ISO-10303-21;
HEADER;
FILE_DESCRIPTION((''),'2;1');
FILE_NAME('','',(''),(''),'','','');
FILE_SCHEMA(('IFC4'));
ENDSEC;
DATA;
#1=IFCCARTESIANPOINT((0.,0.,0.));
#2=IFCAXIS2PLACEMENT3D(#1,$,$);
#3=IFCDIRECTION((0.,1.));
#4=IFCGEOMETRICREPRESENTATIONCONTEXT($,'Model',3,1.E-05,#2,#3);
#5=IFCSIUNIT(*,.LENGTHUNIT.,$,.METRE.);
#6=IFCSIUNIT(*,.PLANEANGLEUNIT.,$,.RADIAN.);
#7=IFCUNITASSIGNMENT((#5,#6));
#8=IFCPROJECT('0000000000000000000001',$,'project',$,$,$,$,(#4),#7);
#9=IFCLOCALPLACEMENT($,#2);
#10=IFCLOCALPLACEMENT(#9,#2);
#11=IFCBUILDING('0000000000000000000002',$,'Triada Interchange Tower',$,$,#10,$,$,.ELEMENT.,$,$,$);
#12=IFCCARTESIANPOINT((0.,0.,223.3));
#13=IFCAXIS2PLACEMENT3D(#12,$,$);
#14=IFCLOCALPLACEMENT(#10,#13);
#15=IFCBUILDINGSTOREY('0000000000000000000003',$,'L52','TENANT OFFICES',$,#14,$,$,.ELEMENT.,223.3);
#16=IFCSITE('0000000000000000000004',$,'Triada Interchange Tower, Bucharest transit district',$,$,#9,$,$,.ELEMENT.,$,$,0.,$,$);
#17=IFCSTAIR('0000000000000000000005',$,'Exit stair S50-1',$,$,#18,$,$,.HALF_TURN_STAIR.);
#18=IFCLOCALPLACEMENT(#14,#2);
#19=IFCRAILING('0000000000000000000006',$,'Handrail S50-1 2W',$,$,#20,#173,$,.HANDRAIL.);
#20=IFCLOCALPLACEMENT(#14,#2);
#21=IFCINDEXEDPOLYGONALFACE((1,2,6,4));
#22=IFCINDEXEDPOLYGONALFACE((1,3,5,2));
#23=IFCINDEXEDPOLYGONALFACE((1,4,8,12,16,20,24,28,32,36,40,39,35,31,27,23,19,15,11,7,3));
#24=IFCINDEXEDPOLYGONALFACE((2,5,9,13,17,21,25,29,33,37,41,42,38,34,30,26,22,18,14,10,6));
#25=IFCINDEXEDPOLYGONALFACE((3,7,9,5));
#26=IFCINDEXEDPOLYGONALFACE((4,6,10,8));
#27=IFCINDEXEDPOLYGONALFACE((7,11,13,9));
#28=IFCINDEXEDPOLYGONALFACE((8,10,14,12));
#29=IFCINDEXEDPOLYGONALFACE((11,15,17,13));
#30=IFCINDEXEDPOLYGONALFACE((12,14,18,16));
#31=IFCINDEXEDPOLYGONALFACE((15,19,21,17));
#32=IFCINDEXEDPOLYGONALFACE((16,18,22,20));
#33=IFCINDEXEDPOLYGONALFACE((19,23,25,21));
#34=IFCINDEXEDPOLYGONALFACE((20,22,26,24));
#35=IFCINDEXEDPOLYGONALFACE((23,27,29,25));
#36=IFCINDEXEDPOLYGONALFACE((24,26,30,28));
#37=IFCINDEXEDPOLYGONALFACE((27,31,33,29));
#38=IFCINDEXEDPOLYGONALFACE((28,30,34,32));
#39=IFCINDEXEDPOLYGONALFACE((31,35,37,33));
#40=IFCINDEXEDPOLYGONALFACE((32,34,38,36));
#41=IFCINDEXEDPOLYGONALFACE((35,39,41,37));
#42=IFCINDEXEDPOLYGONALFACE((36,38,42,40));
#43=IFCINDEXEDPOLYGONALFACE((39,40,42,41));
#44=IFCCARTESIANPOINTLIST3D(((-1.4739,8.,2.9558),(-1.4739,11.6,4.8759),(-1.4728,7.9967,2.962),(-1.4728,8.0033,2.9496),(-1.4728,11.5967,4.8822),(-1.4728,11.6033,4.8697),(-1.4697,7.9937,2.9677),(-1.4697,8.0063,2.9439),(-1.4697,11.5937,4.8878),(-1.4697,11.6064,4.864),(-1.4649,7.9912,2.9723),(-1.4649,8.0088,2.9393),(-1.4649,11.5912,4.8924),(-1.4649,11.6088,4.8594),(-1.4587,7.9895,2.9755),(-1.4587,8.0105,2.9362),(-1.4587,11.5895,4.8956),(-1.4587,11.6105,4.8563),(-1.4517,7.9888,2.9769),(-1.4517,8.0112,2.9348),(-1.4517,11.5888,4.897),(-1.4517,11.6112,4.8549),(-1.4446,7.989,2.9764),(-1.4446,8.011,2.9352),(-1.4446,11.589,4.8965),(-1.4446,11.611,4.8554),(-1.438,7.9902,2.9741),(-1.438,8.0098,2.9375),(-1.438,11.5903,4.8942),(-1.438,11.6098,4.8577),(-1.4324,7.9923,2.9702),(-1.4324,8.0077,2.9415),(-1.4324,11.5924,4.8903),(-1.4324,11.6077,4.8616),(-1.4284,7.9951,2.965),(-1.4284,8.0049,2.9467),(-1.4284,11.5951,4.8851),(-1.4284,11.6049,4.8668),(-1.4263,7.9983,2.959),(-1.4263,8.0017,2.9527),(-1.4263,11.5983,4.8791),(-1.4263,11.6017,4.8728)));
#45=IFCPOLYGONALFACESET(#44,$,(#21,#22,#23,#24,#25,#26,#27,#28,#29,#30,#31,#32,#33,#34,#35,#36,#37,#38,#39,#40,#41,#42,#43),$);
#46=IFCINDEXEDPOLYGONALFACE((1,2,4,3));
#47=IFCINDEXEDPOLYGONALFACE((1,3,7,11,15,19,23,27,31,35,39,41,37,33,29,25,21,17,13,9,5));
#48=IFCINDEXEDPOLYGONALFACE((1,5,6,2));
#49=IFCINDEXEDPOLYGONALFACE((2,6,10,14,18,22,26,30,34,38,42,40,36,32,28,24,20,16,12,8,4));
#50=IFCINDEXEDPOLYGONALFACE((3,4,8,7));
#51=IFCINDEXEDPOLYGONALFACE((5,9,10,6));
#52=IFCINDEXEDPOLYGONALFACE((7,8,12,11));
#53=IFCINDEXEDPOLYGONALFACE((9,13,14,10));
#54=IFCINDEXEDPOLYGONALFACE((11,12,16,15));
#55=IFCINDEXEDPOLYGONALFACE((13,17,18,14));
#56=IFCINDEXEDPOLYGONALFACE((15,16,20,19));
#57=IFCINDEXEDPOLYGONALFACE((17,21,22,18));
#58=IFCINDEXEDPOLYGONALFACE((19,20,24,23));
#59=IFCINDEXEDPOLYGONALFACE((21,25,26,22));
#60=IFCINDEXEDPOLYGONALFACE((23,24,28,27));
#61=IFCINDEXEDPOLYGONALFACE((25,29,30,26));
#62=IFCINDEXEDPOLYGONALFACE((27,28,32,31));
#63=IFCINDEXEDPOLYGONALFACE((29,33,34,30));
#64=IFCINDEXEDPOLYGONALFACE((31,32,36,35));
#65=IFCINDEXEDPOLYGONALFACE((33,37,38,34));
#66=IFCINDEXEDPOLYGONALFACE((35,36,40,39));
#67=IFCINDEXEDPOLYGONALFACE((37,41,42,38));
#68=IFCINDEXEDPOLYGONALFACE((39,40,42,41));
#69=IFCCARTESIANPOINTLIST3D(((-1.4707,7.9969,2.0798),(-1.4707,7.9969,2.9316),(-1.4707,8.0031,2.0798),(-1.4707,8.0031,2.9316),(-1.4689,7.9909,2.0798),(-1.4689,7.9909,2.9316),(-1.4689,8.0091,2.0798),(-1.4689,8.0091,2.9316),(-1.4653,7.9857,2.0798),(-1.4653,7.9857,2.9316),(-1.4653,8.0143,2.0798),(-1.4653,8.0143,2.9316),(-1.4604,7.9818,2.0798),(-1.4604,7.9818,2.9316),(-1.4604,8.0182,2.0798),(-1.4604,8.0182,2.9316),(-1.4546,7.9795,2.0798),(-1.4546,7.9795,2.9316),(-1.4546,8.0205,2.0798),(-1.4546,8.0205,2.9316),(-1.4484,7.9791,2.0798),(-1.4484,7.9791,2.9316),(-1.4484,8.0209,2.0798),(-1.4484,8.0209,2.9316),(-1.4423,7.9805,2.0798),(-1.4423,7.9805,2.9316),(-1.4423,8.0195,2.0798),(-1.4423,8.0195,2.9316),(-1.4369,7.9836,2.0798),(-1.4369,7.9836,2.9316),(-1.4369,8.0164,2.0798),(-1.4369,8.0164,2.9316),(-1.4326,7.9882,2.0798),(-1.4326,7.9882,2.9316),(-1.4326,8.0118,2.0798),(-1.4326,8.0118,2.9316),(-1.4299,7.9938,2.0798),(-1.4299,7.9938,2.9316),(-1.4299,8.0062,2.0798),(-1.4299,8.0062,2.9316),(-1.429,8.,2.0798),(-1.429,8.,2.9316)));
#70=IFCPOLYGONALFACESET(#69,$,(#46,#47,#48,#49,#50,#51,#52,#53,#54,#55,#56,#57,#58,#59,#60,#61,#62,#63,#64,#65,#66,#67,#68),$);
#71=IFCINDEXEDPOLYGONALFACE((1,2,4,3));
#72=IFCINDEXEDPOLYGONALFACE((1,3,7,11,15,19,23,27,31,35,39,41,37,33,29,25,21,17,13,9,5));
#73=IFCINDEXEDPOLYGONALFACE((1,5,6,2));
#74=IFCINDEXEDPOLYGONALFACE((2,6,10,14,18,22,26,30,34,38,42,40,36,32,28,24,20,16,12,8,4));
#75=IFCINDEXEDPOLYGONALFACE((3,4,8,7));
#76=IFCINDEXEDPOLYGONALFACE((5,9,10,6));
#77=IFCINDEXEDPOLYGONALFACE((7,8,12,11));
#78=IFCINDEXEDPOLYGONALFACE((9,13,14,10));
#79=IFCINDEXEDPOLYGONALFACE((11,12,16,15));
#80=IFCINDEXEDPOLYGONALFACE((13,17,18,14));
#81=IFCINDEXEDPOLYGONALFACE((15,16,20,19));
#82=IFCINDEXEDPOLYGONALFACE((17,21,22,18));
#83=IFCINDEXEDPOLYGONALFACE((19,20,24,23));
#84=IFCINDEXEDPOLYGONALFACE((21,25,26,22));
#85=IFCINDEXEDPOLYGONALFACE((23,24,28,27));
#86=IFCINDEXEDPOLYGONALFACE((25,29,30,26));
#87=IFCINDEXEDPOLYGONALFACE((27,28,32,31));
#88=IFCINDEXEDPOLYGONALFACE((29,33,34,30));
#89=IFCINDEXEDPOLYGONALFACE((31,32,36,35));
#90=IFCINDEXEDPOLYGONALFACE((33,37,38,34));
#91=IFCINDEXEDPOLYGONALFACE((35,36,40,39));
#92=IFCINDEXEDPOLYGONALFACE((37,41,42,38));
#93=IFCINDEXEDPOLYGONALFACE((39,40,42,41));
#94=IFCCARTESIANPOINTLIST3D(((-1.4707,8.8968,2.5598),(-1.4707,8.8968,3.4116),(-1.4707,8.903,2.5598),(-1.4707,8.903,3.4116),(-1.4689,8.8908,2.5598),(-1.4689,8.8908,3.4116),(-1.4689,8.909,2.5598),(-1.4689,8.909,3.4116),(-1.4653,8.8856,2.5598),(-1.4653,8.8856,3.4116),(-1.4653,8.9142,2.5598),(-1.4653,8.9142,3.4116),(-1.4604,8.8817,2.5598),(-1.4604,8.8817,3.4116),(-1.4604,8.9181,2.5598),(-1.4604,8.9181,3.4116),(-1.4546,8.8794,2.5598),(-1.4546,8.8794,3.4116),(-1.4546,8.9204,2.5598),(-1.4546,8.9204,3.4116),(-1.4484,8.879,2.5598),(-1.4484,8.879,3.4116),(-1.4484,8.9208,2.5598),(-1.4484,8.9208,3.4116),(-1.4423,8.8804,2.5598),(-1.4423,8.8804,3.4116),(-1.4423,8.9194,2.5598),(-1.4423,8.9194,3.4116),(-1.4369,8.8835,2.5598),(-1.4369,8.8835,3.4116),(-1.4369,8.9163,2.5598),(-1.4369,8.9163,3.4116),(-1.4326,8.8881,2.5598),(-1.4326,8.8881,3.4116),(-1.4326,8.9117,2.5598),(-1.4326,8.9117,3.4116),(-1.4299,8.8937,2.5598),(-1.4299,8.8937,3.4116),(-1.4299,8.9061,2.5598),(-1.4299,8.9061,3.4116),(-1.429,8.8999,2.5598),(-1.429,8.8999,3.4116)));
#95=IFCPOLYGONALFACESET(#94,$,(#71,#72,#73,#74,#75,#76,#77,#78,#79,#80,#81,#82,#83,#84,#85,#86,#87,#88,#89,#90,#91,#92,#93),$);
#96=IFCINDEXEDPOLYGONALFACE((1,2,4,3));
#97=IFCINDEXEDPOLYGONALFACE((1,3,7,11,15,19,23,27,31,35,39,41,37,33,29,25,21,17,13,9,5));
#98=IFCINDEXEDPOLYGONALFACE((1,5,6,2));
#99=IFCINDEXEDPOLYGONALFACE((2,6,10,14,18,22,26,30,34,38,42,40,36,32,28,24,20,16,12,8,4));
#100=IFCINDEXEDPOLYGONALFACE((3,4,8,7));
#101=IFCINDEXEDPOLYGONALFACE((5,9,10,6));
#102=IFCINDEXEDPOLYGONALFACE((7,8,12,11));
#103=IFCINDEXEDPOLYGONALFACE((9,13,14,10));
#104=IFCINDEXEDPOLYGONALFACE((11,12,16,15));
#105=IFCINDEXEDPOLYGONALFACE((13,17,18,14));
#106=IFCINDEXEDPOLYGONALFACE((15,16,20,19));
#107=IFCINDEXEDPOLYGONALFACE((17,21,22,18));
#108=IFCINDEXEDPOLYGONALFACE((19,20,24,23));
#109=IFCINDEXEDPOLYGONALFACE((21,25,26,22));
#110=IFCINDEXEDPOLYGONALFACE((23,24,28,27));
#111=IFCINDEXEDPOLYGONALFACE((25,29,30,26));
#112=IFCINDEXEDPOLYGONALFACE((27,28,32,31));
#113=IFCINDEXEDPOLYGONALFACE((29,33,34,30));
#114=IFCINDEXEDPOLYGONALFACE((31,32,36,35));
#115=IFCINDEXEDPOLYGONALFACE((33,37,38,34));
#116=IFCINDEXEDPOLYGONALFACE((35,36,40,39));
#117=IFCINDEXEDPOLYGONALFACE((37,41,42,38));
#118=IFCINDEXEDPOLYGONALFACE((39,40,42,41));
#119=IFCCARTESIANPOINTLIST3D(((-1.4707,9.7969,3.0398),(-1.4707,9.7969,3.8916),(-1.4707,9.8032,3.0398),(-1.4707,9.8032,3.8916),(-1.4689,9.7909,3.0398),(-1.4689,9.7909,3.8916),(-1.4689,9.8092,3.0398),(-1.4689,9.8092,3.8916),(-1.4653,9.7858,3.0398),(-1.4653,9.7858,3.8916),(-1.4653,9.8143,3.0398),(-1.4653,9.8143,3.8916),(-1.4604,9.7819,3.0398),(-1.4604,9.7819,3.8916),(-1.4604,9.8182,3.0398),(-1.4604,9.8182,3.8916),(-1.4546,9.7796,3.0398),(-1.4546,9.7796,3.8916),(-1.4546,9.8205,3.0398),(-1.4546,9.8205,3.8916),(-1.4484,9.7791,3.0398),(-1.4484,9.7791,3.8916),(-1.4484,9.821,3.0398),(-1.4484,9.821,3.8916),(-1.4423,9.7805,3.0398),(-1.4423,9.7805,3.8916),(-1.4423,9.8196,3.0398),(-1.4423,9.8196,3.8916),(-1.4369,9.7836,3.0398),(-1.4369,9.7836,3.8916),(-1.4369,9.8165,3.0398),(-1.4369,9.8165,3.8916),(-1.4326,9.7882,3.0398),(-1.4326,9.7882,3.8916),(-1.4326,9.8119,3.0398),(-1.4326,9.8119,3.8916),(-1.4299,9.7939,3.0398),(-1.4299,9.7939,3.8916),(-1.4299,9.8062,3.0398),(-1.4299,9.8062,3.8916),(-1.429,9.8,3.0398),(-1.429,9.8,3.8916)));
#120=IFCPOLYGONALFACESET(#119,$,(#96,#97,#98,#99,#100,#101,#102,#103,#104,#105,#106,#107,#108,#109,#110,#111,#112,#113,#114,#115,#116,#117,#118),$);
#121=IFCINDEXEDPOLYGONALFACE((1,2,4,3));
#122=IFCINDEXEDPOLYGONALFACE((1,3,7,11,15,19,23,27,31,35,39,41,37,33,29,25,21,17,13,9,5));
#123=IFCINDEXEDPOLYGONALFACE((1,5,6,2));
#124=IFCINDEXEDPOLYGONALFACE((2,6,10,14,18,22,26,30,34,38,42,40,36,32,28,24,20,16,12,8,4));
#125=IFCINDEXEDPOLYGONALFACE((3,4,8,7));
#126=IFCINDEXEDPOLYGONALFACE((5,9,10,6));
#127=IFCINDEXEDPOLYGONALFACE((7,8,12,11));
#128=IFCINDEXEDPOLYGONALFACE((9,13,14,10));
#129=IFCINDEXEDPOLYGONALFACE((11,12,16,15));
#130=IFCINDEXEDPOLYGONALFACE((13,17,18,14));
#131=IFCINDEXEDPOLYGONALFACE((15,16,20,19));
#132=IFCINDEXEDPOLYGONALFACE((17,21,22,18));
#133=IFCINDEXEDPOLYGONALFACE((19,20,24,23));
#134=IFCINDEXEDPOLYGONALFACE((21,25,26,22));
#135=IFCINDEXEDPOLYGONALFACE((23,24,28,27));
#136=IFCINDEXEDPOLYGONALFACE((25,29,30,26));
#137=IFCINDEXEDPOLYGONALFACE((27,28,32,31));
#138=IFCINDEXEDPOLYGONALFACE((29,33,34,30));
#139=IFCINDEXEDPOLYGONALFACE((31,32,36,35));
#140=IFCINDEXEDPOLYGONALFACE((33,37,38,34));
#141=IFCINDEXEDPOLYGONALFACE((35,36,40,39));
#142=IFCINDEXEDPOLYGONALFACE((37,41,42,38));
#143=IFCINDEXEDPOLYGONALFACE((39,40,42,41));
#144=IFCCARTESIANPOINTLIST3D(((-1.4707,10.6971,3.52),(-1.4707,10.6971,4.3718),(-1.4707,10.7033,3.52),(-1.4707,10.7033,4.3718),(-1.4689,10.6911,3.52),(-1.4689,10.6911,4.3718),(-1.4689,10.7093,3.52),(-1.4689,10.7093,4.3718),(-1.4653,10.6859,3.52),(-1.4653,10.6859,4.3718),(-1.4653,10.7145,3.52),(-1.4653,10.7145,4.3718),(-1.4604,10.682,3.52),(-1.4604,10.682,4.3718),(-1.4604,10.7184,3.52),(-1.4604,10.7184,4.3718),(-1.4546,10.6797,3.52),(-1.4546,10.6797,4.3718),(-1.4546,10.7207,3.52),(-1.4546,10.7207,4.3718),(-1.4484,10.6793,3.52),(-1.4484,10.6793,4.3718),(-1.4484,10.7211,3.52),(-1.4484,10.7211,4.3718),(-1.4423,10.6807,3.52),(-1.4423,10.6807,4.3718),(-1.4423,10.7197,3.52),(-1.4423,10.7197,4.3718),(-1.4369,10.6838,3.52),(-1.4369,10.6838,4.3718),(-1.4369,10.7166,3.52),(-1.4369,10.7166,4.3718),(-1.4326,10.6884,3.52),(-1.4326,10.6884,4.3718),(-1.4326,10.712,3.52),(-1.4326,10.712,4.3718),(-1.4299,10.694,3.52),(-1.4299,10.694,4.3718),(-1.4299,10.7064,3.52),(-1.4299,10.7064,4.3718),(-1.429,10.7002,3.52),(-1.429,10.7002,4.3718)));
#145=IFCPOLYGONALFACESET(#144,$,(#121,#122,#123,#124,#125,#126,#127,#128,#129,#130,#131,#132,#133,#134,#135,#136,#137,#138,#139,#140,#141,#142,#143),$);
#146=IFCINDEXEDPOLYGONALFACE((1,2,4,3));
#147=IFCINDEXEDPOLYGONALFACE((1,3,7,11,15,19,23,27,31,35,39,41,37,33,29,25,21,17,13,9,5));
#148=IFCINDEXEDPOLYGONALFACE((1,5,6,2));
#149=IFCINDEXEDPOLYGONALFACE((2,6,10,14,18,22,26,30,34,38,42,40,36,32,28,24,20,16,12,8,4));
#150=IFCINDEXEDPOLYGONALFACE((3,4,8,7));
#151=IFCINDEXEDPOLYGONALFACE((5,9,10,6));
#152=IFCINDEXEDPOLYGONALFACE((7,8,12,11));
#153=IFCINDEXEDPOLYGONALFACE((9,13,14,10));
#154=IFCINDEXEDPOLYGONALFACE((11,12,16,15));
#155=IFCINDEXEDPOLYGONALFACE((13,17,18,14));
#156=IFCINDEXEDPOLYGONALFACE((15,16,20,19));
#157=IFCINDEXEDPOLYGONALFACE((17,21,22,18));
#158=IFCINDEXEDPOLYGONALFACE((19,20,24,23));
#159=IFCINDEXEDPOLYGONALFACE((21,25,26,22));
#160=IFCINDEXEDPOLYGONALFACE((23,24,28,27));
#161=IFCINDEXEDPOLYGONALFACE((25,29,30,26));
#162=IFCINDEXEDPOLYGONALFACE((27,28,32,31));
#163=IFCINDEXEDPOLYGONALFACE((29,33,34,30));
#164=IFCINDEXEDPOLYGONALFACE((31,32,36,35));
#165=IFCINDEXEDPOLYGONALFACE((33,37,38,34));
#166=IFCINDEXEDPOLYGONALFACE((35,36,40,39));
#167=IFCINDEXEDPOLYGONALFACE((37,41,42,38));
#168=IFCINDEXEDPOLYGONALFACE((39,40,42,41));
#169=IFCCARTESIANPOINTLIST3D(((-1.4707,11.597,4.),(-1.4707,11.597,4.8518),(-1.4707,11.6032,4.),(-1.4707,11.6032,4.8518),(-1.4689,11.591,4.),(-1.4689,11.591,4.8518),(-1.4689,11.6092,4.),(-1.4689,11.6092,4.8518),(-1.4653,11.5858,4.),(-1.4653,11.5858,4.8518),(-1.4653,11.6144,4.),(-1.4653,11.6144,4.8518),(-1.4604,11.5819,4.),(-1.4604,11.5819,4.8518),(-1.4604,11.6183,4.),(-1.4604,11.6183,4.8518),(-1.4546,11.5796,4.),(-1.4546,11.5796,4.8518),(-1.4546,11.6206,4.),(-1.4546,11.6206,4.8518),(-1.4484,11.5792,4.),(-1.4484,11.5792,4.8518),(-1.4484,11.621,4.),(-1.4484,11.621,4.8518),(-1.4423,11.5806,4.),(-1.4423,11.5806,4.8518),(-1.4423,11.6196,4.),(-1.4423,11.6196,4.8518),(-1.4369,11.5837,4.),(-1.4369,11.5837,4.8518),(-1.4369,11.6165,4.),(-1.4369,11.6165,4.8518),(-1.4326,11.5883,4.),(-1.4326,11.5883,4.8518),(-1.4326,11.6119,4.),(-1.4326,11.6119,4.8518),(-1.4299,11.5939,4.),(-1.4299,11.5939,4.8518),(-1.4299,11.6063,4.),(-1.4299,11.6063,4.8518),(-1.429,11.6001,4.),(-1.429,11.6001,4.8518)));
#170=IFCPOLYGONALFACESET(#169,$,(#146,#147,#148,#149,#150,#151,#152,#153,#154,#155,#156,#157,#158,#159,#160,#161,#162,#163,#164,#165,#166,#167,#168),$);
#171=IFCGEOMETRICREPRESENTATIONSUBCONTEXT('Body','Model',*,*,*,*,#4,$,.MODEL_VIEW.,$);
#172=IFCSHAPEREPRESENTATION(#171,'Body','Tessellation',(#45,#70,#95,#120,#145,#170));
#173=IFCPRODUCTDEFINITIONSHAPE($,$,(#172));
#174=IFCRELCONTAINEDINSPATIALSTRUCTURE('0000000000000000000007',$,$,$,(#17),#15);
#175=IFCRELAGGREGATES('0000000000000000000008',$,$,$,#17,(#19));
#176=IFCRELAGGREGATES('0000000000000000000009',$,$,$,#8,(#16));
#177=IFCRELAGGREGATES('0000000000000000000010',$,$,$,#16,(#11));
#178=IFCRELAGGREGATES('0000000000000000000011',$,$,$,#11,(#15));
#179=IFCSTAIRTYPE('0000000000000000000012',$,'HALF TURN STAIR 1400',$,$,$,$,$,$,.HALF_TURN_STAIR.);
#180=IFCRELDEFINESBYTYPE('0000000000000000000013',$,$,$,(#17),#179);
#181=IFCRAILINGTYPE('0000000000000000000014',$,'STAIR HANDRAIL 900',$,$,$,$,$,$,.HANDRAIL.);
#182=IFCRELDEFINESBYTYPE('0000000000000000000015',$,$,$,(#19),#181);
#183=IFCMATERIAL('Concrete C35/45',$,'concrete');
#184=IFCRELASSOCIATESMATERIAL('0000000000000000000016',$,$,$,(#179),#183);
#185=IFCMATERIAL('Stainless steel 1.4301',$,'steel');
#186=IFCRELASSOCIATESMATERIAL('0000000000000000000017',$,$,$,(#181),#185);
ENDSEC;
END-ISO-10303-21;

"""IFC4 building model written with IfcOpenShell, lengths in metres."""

from ifc_helpers import new_model, si_unit, direction, frame, origin, origin_2d, place, context, subcontext, project, spatial, circle, extrude, material, type_object, element, aggregate, save


model = new_model("IFC4")

# Units and contexts
model_context = context("Model", 3, precision=1e-05, world=origin(), true_north=direction((0.0, 1.0)))
body_context = subcontext(model_context, "Body", "Model", "MODEL_VIEW")
ifc_project = project(units=[si_unit("LENGTHUNIT", "METRE"), si_unit("PLANEANGLEUNIT", "RADIAN")], contexts=[model_context])

# Site, building, storey
site_placement = place(None, origin())
site = spatial("IfcSite", under=ifc_project, at=site_placement, Name="Triada Interchange Tower, Bucharest transit district", CompositionType="ELEMENT", RefElevation=0.0)
building_placement = place(site_placement, origin())
building = spatial("IfcBuilding", under=site, at=building_placement, Name="Triada Interchange Tower", CompositionType="ELEMENT")
storey_placement = place(building_placement, frame((0.0, 0.0, 223.3)))
storey = spatial("IfcBuildingStorey", under=building, at=storey_placement, Name="L52", Description="TENANT OFFICES", CompositionType="ELEMENT", Elevation=223.3)

# Stair, railing
ifc_material_1 = material(Name="Concrete C35/45", Category="concrete")
stair_type = type_object("IfcStairType", Name="HALF TURN STAIR 1400", PredefinedType="HALF_TURN_STAIR", material=ifc_material_1)
stair_placement = place(storey_placement, origin())
stair = element("IfcStair", 1, at=stair_placement, inside=storey, type_object=stair_type, Name="Exit stair S50-1", PredefinedType="HALF_TURN_STAIR")
ifc_material_2 = material(Name="Stainless steel 1.4301", Category="steel")
railing_type = type_object("IfcRailingType", Name="STAIR HANDRAIL 900", PredefinedType="HANDRAIL", material=ifc_material_2)
railing_1_placement = place(storey_placement, frame((-1.45, 8.0, 2.0798)))
railing_1 = element("IfcRailing", 2, at=railing_1_placement, type_object=railing_type, Name="Handrail S50-1 2W", PredefinedType="HANDRAIL", context=body_context, shape_type="SweptSolid", body=[
    extrude(circle(Radius=0.0239, at=origin_2d()), frame((0.0, 0.0, 0.876), z_axis=(0.0, 0.882341, 0.47061), x_axis=(-1.0, 0.0, 0.0)), (0.0, 0.0, 1.0), 4.0801),
    extrude(circle(Radius=0.021, at=origin_2d()), origin(), (0.0, 0.0, 1.0), 0.8518),
    extrude(circle(Radius=0.021, at=origin_2d()), frame((0.0, 0.8999, 0.48)), (0.0, 0.0, 1.0), 0.8518),
    extrude(circle(Radius=0.021, at=origin_2d()), frame((0.0, 1.8, 0.96)), (0.0, 0.0, 1.0), 0.8518),
    extrude(circle(Radius=0.021, at=origin_2d()), frame((0.0, 2.7002, 1.4402)), (0.0, 0.0, 1.0), 0.8518),
    extrude(circle(Radius=0.021, at=origin_2d()), frame((0.0, 3.6001, 1.9202)), (0.0, 0.0, 1.0), 0.8518),
])
aggregate(stair, [railing_1])

save(model, "model.ifc")
